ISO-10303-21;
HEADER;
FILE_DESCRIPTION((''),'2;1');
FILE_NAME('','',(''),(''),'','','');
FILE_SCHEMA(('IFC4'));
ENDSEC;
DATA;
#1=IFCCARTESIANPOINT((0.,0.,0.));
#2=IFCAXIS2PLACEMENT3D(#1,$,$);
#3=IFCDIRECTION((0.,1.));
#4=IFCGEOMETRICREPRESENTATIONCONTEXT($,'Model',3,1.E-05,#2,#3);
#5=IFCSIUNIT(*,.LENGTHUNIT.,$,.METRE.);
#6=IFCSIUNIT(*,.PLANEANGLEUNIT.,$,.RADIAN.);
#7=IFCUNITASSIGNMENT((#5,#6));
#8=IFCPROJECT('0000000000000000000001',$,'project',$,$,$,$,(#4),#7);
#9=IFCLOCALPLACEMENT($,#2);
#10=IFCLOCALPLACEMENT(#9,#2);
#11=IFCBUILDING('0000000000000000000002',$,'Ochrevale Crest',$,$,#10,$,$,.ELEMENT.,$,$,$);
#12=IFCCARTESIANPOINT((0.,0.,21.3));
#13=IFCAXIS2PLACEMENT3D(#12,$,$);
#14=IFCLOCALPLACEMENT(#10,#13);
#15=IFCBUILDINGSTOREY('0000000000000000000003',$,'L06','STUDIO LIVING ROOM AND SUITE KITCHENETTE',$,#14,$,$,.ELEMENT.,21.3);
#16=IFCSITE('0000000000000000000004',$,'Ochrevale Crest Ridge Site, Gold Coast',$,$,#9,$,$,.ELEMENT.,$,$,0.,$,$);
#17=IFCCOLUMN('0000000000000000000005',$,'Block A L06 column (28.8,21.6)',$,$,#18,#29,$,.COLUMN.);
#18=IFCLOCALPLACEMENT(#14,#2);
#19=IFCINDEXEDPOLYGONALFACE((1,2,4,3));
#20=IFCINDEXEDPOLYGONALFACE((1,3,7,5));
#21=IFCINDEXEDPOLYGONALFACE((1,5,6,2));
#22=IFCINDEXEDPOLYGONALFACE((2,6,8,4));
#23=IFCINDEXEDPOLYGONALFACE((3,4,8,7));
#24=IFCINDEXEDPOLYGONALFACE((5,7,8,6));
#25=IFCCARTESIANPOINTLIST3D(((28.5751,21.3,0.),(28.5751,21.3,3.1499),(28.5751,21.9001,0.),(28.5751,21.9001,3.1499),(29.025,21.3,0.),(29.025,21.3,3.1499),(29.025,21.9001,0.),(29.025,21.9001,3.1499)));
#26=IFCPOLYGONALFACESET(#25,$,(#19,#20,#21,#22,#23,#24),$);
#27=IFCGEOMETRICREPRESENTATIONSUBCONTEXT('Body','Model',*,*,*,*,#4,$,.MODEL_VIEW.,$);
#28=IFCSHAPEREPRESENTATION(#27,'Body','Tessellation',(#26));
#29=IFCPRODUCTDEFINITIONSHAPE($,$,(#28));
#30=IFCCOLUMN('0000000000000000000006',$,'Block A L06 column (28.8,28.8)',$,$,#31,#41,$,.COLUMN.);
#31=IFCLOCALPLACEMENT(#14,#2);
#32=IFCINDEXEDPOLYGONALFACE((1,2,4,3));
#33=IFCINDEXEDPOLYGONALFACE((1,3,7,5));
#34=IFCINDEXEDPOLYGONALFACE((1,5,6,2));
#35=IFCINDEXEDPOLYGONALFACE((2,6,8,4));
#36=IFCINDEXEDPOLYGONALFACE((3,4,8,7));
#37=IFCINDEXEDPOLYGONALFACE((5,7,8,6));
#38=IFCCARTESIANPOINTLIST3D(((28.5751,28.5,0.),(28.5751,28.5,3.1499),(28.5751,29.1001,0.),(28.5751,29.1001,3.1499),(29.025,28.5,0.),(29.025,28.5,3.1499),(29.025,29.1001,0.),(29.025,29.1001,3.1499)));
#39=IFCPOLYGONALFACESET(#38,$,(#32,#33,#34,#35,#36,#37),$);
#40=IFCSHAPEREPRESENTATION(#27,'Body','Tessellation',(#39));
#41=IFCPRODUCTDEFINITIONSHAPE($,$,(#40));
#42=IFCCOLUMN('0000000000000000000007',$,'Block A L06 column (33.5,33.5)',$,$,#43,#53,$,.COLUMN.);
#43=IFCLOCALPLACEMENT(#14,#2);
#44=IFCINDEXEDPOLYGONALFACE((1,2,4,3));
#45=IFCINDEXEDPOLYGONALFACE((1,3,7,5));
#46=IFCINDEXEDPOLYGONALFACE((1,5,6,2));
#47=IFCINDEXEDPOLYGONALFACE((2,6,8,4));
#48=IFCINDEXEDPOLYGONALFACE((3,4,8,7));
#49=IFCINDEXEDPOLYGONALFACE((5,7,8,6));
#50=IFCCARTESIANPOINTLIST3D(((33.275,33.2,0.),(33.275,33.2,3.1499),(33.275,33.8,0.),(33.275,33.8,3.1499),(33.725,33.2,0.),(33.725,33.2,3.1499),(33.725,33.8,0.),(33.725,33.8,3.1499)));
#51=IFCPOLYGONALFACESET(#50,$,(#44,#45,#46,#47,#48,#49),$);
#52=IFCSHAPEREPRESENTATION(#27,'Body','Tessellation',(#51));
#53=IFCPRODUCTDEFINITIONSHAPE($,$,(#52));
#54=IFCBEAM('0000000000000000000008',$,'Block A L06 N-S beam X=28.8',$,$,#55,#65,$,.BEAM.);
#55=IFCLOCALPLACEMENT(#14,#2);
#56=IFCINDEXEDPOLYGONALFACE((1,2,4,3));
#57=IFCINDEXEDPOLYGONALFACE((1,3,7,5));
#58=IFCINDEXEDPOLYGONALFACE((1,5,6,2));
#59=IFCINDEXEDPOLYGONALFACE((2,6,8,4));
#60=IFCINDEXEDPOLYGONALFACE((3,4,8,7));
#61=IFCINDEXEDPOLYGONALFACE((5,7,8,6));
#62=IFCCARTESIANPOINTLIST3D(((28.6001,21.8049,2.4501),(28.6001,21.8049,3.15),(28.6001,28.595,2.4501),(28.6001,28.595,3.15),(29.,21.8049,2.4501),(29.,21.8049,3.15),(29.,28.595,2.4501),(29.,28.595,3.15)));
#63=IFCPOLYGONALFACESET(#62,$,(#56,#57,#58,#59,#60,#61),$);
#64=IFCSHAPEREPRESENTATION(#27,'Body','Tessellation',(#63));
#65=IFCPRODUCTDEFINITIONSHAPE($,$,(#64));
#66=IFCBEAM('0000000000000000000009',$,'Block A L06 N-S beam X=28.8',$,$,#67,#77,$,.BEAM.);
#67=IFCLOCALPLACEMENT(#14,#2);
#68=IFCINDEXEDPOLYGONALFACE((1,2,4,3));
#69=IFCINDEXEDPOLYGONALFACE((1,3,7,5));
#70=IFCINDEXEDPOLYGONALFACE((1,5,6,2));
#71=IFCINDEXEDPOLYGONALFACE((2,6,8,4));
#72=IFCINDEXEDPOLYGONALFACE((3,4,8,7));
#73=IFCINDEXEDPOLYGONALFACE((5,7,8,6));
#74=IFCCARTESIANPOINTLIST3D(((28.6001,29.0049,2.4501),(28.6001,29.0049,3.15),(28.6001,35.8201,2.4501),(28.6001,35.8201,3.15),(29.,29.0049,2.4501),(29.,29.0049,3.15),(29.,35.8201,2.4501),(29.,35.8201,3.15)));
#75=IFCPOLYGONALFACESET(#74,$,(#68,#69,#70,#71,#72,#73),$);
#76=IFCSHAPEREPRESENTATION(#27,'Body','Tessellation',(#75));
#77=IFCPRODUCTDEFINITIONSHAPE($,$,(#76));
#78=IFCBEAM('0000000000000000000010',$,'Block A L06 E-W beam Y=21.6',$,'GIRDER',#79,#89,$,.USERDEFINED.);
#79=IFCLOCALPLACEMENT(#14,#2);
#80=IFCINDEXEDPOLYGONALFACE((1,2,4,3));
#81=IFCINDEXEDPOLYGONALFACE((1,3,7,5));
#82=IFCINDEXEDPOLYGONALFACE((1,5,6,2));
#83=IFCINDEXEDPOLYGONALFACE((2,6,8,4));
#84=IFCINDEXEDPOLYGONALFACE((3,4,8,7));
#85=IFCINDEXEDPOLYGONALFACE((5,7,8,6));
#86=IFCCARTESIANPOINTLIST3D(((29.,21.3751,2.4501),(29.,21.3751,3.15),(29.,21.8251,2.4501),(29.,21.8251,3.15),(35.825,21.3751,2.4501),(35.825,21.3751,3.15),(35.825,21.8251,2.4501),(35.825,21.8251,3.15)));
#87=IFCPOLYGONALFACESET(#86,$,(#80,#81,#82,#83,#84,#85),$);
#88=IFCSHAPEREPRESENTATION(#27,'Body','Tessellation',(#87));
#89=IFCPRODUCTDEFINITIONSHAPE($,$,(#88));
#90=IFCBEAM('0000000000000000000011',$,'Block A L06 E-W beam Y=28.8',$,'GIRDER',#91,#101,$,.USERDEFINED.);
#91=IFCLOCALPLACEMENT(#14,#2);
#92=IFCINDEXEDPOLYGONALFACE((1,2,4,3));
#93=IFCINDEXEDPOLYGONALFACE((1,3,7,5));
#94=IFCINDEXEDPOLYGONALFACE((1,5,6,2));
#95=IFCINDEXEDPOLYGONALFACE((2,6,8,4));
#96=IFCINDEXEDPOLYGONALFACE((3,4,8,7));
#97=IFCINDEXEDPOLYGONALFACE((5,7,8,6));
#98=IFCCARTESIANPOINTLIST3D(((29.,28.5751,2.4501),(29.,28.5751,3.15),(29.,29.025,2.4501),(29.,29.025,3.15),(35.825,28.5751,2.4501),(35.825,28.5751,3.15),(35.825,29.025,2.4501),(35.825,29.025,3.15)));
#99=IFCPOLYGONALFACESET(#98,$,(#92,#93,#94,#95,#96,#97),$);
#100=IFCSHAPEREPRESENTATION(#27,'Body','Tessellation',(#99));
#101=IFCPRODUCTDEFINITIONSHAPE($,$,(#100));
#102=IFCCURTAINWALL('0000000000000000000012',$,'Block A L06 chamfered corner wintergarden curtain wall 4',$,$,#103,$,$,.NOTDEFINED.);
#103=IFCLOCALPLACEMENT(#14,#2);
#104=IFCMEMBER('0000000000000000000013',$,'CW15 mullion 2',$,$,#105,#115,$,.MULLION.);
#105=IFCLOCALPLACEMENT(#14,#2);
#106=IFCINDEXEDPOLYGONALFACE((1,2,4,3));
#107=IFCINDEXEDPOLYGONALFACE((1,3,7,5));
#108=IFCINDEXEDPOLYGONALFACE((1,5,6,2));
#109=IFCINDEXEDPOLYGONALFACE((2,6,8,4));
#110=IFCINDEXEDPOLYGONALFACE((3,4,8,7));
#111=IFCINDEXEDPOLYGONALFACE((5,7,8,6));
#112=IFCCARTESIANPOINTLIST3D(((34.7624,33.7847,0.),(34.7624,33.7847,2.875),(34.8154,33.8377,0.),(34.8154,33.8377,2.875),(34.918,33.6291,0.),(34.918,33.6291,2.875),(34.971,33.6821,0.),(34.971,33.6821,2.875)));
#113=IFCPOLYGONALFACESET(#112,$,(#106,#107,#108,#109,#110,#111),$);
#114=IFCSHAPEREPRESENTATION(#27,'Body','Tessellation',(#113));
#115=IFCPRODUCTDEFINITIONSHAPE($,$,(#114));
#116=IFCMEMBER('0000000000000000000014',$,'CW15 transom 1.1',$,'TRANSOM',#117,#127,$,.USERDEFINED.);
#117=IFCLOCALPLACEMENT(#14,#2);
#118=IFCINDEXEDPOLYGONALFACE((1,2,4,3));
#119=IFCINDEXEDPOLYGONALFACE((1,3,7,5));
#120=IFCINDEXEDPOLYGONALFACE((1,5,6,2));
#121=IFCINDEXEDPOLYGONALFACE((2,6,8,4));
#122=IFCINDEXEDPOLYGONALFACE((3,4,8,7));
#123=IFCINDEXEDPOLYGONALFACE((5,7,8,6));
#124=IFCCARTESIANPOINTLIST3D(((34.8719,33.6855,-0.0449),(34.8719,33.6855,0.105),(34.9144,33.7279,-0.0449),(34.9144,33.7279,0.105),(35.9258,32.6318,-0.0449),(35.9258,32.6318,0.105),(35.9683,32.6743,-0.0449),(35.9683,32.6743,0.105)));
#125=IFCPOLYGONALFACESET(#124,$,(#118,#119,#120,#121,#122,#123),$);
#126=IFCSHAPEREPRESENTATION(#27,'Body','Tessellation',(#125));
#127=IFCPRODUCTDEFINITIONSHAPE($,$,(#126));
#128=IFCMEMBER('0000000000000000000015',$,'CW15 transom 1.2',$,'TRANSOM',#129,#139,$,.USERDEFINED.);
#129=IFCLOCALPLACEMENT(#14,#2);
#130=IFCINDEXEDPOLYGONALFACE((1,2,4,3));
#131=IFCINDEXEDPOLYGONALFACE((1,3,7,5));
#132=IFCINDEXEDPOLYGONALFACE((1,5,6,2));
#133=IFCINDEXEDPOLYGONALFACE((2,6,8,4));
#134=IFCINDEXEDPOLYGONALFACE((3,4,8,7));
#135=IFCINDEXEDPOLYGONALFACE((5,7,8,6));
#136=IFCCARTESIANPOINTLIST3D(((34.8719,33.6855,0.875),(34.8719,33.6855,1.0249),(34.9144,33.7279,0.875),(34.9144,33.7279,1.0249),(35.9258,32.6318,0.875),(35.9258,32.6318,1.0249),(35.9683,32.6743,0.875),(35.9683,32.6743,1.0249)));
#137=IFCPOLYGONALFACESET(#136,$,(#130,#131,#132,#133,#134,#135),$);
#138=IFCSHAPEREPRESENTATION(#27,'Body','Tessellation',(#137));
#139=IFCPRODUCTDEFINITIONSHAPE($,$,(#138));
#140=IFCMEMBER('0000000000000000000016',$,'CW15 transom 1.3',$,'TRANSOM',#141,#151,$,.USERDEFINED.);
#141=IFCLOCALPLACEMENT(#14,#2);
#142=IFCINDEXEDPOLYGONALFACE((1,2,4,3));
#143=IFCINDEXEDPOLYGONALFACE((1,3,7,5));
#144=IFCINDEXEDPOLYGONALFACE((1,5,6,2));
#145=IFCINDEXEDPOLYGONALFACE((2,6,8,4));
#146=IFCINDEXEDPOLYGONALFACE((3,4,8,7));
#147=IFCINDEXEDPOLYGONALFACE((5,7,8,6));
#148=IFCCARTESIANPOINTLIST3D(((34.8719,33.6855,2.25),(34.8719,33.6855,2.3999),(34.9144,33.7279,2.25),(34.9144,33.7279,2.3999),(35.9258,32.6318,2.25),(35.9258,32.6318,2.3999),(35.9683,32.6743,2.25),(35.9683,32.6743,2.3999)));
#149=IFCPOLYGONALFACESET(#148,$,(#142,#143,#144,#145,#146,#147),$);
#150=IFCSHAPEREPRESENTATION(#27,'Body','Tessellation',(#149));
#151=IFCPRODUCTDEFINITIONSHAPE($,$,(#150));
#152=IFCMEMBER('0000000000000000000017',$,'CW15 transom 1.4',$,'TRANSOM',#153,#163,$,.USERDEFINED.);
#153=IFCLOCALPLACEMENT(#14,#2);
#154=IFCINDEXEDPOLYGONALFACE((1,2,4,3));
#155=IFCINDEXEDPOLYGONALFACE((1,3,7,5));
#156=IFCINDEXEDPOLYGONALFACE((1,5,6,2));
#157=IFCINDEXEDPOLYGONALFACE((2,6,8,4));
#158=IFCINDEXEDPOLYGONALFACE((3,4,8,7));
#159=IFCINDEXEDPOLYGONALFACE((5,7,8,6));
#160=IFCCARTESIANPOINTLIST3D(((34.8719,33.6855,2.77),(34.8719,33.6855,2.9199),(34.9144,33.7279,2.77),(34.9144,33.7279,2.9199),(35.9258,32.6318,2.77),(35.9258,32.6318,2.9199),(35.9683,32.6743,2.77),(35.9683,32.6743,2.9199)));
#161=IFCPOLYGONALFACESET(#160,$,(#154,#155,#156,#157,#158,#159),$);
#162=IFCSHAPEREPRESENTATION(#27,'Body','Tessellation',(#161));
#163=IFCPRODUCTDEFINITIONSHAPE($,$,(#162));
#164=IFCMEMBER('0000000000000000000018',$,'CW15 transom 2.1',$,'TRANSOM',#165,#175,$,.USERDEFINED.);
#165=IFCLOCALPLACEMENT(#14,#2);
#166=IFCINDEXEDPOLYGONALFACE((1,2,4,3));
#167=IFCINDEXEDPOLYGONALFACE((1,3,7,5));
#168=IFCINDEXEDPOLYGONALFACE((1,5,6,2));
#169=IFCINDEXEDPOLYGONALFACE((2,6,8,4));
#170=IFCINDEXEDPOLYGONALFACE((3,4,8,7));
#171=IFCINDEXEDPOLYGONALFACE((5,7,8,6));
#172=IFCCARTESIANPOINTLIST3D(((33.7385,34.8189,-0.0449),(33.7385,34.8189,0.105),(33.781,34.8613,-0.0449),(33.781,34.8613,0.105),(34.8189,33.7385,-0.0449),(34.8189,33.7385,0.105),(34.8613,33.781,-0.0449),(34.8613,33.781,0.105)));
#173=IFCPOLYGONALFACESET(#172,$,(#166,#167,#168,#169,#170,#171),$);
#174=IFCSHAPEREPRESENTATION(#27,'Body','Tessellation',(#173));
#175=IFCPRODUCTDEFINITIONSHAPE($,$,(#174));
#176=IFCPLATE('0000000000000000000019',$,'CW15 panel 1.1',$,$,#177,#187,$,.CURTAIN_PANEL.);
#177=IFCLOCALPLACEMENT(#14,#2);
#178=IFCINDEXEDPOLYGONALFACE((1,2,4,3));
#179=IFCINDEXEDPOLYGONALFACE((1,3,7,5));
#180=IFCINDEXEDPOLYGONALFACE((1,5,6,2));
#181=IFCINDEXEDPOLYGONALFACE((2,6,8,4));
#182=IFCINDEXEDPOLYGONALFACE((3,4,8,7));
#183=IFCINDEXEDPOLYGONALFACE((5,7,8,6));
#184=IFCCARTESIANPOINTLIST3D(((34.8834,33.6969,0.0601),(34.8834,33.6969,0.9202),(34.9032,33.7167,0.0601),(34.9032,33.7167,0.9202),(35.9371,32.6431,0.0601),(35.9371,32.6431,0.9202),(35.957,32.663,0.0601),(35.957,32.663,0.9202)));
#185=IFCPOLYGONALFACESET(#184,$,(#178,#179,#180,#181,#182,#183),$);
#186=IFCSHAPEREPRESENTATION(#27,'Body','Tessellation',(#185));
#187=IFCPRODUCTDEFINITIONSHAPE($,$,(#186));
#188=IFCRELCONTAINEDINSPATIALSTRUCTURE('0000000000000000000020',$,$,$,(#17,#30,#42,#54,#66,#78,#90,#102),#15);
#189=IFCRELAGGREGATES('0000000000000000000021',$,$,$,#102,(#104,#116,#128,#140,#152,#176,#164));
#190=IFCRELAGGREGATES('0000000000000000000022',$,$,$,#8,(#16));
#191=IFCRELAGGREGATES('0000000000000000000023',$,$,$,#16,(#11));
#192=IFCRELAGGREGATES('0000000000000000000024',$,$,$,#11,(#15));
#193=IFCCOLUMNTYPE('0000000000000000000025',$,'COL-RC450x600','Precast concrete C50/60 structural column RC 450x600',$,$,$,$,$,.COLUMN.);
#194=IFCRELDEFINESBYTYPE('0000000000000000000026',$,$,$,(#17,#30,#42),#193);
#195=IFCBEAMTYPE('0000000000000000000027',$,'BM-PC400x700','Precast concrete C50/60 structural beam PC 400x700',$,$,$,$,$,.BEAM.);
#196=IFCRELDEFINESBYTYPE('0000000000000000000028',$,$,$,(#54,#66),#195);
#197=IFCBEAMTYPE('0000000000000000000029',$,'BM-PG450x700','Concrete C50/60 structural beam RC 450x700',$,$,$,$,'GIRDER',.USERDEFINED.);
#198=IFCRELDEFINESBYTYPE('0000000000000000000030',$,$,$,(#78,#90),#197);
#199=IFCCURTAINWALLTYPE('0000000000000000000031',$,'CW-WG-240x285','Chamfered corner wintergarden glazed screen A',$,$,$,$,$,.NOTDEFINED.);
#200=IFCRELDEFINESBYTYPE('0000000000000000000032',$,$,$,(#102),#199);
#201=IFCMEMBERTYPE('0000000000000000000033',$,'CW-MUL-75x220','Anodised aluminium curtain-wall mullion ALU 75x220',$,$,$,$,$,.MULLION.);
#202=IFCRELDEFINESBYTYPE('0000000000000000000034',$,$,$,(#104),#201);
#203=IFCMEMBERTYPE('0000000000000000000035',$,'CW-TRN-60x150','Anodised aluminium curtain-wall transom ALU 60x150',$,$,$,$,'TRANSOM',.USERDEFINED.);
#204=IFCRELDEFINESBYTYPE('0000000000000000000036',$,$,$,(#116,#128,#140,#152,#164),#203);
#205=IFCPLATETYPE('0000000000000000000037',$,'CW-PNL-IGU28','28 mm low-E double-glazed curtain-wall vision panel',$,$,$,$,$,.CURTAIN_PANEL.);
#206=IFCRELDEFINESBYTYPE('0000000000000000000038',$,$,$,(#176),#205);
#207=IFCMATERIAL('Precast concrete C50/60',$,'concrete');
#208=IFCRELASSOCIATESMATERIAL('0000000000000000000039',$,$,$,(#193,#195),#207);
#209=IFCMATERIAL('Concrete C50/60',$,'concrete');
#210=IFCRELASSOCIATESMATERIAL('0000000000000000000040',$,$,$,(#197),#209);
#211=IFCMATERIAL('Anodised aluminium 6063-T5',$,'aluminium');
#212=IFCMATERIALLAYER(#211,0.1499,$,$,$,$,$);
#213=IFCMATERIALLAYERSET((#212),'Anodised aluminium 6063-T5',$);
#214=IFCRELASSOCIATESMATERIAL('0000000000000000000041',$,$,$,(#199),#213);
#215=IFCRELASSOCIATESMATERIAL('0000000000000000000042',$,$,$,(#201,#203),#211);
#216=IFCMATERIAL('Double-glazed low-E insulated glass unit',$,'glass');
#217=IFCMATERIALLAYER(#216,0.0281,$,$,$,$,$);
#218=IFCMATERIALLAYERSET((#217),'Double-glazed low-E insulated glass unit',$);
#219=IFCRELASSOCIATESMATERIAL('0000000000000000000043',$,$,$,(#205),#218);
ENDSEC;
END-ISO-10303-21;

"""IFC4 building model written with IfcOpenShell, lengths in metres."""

from ifc_helpers import new_model, si_unit, direction, frame, origin, origin_2d, place, context, subcontext, project, spatial, rectangle, extrude, material, layer, layer_set, material_profile, profile_set, type_object, element, aggregate, save


model = new_model("IFC4")

# Units and contexts
model_context = context("Model", 3, precision=1e-05, world=origin(), true_north=direction((0.0, 1.0)))
body_context = subcontext(model_context, "Body", "Model", "MODEL_VIEW")
ifc_project = project(units=[si_unit("LENGTHUNIT", "METRE"), si_unit("PLANEANGLEUNIT", "RADIAN")], contexts=[model_context])

# Site, building, storey
site_placement = place(None, origin())
site = spatial("IfcSite", under=ifc_project, at=site_placement, Name="Ochrevale Crest Ridge Site, Gold Coast", CompositionType="ELEMENT", RefElevation=0.0)
building_placement = place(site_placement, origin())
building = spatial("IfcBuilding", under=site, at=building_placement, Name="Ochrevale Crest", CompositionType="ELEMENT")
storey_placement = place(building_placement, frame((0.0, 0.0, 21.3)))
storey = spatial("IfcBuildingStorey", under=building, at=storey_placement, Name="L06", Description="STUDIO LIVING ROOM AND SUITE KITCHENETTE", CompositionType="ELEMENT", Elevation=21.3)

# Columns
ifc_material_1 = material(Name="Precast concrete C50/60", Category="concrete")
ifc_material_profile_1 = material_profile(ifc_material_1, rectangle(XDim=0.45, YDim=0.6001, at=origin_2d()), Name="RC 450x600")
ifc_profile_set_1 = profile_set([ifc_material_profile_1], Name="Precast concrete C50/60")
column_type = type_object("IfcColumnType", Name="COL-RC450x600", Description="Precast concrete C50/60 structural column RC 450x600", PredefinedType="COLUMN", material=ifc_profile_set_1)
for number, where, z_axis, x_axis, name in (
    (1, (28.8, 21.6001, 0.0), (0.0, 0.0, 1.0), (1.0, 0.0, 0.0), "Block A L06 column (28.8,21.6)"),
    (2, (28.8, 28.8, 0.0), (0.0, 0.0, 1.0), (1.0, 0.0, 0.0), "Block A L06 column (28.8,28.8)"),
    (3, (33.5, 33.5, 0.0), (0.0, 0.0, 1.0), (1.0, 0.0, 0.0), "Block A L06 column (33.5,33.5)"),
):
    element("IfcColumn", number, at=place(storey_placement, frame(where, z_axis=z_axis, x_axis=x_axis)), inside=storey, type_object=column_type, Name=name, PredefinedType="COLUMN", context=body_context, shape_type="SweptSolid", body=[
        extrude(rectangle(XDim=0.45, YDim=0.6001, at=origin_2d()), origin(), (0.0, 0.0, 1.0), 3.1499),
    ])

# Beams
ifc_material_profile_2 = material_profile(ifc_material_1, rectangle(XDim=0.3999, YDim=0.7, at=origin_2d()), Name="PC 400x700")
ifc_profile_set_2 = profile_set([ifc_material_profile_2], Name="Precast concrete C50/60")
beam_type_1 = type_object("IfcBeamType", Name="BM-PC400x700", Description="Precast concrete C50/60 structural beam PC 400x700", PredefinedType="BEAM", material=ifc_profile_set_2)
beam_1_placement = place(storey_placement, frame((28.8, 21.8049, 2.8), z_axis=(0.0, 1.0, 0.0), x_axis=(-1.0, 0.0, 0.0)))
element("IfcBeam", 4, at=beam_1_placement, inside=storey, type_object=beam_type_1, Name="Block A L06 N-S beam X=28.8", PredefinedType="BEAM", context=body_context, shape_type="SweptSolid", body=[
    extrude(rectangle(XDim=0.3999, YDim=0.7, at=origin_2d()), origin(), (0.0, 0.0, 1.0), 6.79),
])
beam_2_placement = place(storey_placement, frame((28.8, 29.0049, 2.8), z_axis=(0.0, 1.0, 0.0), x_axis=(-1.0, 0.0, 0.0)))
element("IfcBeam", 5, at=beam_2_placement, inside=storey, type_object=beam_type_1, Name="Block A L06 N-S beam X=28.8", PredefinedType="BEAM", context=body_context, shape_type="SweptSolid", body=[
    extrude(rectangle(XDim=0.3999, YDim=0.7, at=origin_2d()), origin(), (0.0, 0.0, 1.0), 6.8152),
])
ifc_material_2 = material(Name="Concrete C50/60", Category="concrete")
ifc_material_profile_3 = material_profile(ifc_material_2, rectangle(XDim=0.45, YDim=0.7, at=origin_2d()), Name="RC 450x700")
ifc_profile_set_3 = profile_set([ifc_material_profile_3], Name="Concrete C50/60")
beam_type_2 = type_object("IfcBeamType", Name="BM-PG450x700", Description="Concrete C50/60 structural beam RC 450x700", ElementType="GIRDER", PredefinedType="USERDEFINED", material=ifc_profile_set_3)
for number, where, z_axis, x_axis, name in (
    (6, (29.0, 21.6001, 2.8), (1.0, 0.0, 0.0), (0.0, 1.0, 0.0), "Block A L06 E-W beam Y=21.6"),
    (7, (29.0, 28.8, 2.8), (1.0, 0.0, 0.0), (0.0, 1.0, 0.0), "Block A L06 E-W beam Y=28.8"),
):
    element("IfcBeam", number, at=place(storey_placement, frame(where, z_axis=z_axis, x_axis=x_axis)), inside=storey, type_object=beam_type_2, Name=name, ObjectType="GIRDER", PredefinedType="USERDEFINED", context=body_context, shape_type="SweptSolid", body=[
        extrude(rectangle(XDim=0.45, YDim=0.7, at=origin_2d()), origin(), (0.0, 0.0, 1.0), 6.825),
    ])

# Curtain wall, members, plate
ifc_material_3 = material(Name="Anodised aluminium 6063-T5", Category="aluminium")
ifc_layer_1 = layer(ifc_material_3, 0.1499)
ifc_layer_set_1 = layer_set([ifc_layer_1], Name="Anodised aluminium 6063-T5")
curtain_wall_type = type_object("IfcCurtainWallType", Name="CW-WG-240x285", Description="Chamfered corner wintergarden glazed screen A", PredefinedType="NOTDEFINED", material=ifc_layer_set_1)
curtain_wall_placement = place(storey_placement, origin())
curtain_wall = element("IfcCurtainWall", 8, at=curtain_wall_placement, inside=storey, type_object=curtain_wall_type, Name="Block A L06 chamfered corner wintergarden curtain wall 4", PredefinedType="NOTDEFINED")
ifc_material_profile_4 = material_profile(ifc_material_3, rectangle(XDim=0.075, YDim=0.22, at=origin_2d()), Name="ALU 75x220")
ifc_profile_set_4 = profile_set([ifc_material_profile_4], Name="Anodised aluminium 6063-T5")
member_type_1 = type_object("IfcMemberType", Name="CW-MUL-75x220", Description="Anodised aluminium curtain-wall mullion ALU 75x220", PredefinedType="MULLION", material=ifc_profile_set_4)
member_1_placement = place(storey_placement, frame((34.8667, 33.7334, 0.0), z_axis=(0.0, 0.0, 1.0), x_axis=(-0.707107, -0.707107, 0.0)))
member_1 = element("IfcMember", 9, at=member_1_placement, type_object=member_type_1, Name="CW15 mullion 2", PredefinedType="MULLION", context=body_context, shape_type="SweptSolid", body=[
    extrude(rectangle(XDim=0.075, YDim=0.22, at=origin_2d()), origin(), (0.0, 0.0, 1.0), 2.875),
])
ifc_material_profile_5 = material_profile(ifc_material_3, rectangle(XDim=0.0601, YDim=0.1499, at=origin_2d()), Name="ALU 60x150")
ifc_profile_set_5 = profile_set([ifc_material_profile_5], Name="Anodised aluminium 6063-T5")
member_type_2 = type_object("IfcMemberType", Name="CW-TRN-60x150", Description="Anodised aluminium curtain-wall transom ALU 60x150", ElementType="TRANSOM", PredefinedType="USERDEFINED", material=ifc_profile_set_5)
member_2_placement = place(storey_placement, frame((35.947, 32.6531, 0.03), z_axis=(-0.707189, 0.707025, 0.0), x_axis=(-0.707025, -0.707189, 0.0)))
member_2 = element("IfcMember", 10, at=member_2_placement, type_object=member_type_2, Name="CW15 transom 1.1", ObjectType="TRANSOM", PredefinedType="USERDEFINED", context=body_context, shape_type="SweptSolid", body=[
    extrude(rectangle(XDim=0.0601, YDim=0.1499, at=origin_2d()), origin(), (0.0, 0.0, 1.0), 1.4902),
])
member_3_placement = place(storey_placement, frame((35.947, 32.6531, 0.95), z_axis=(-0.707189, 0.707025, 0.0), x_axis=(-0.707025, -0.707189, 0.0)))
member_3 = element("IfcMember", 11, at=member_3_placement, type_object=member_type_2, Name="CW15 transom 1.2", ObjectType="TRANSOM", PredefinedType="USERDEFINED", context=body_context, shape_type="SweptSolid", body=[
    extrude(rectangle(XDim=0.0601, YDim=0.1499, at=origin_2d()), origin(), (0.0, 0.0, 1.0), 1.4902),
])
member_4_placement = place(storey_placement, frame((35.947, 32.6531, 2.325), z_axis=(-0.707189, 0.707025, 0.0), x_axis=(-0.707025, -0.707189, 0.0)))
member_4 = element("IfcMember", 12, at=member_4_placement, type_object=member_type_2, Name="CW15 transom 1.3", ObjectType="TRANSOM", PredefinedType="USERDEFINED", context=body_context, shape_type="SweptSolid", body=[
    extrude(rectangle(XDim=0.0601, YDim=0.1499, at=origin_2d()), origin(), (0.0, 0.0, 1.0), 1.4902),
])
member_5_placement = place(storey_placement, frame((35.947, 32.6531, 2.845), z_axis=(-0.707189, 0.707025, 0.0), x_axis=(-0.707025, -0.707189, 0.0)))
member_5 = element("IfcMember", 13, at=member_5_placement, type_object=member_type_2, Name="CW15 transom 1.4", ObjectType="TRANSOM", PredefinedType="USERDEFINED", context=body_context, shape_type="SweptSolid", body=[
    extrude(rectangle(XDim=0.0601, YDim=0.1499, at=origin_2d()), origin(), (0.0, 0.0, 1.0), 1.4902),
])
member_6_placement = place(storey_placement, frame((34.8401, 33.7598, 0.03), z_axis=(-0.707107, 0.707107, 0.0), x_axis=(-0.707107, -0.707107, 0.0)))
member_6 = element("IfcMember", 14, at=member_6_placement, type_object=member_type_2, Name="CW15 transom 2.1", ObjectType="TRANSOM", PredefinedType="USERDEFINED", context=body_context, shape_type="SweptSolid", body=[
    extrude(rectangle(XDim=0.0601, YDim=0.1499, at=origin_2d()), origin(), (0.0, 0.0, 1.0), 1.5278),
])
ifc_material_4 = material(Name="Double-glazed low-E insulated glass unit", Category="glass")
ifc_layer_2 = layer(ifc_material_4, 0.0281)
ifc_layer_set_2 = layer_set([ifc_layer_2], Name="Double-glazed low-E insulated glass unit")
plate_type = type_object("IfcPlateType", Name="CW-PNL-IGU28", Description="28 mm low-E double-glazed curtain-wall vision panel", PredefinedType="CURTAIN_PANEL", material=ifc_layer_set_2)
plate_1_placement = place(storey_placement, frame((35.4202, 33.1799, 0.0601), z_axis=(0.0, 0.0, 1.0), x_axis=(-0.707107, 0.707107, 0.0)))
plate_1 = element("IfcPlate", 15, at=plate_1_placement, type_object=plate_type, Name="CW15 panel 1.1", PredefinedType="CURTAIN_PANEL", context=body_context, shape_type="SweptSolid", body=[
    extrude(rectangle(XDim=1.4902, YDim=0.0281, at=origin_2d()), origin(), (0.0, 0.0, 1.0), 0.8601),
])
aggregate(curtain_wall, [member_1, member_2, member_3, member_4, member_5, plate_1, member_6])

save(model, "model.ifc")
